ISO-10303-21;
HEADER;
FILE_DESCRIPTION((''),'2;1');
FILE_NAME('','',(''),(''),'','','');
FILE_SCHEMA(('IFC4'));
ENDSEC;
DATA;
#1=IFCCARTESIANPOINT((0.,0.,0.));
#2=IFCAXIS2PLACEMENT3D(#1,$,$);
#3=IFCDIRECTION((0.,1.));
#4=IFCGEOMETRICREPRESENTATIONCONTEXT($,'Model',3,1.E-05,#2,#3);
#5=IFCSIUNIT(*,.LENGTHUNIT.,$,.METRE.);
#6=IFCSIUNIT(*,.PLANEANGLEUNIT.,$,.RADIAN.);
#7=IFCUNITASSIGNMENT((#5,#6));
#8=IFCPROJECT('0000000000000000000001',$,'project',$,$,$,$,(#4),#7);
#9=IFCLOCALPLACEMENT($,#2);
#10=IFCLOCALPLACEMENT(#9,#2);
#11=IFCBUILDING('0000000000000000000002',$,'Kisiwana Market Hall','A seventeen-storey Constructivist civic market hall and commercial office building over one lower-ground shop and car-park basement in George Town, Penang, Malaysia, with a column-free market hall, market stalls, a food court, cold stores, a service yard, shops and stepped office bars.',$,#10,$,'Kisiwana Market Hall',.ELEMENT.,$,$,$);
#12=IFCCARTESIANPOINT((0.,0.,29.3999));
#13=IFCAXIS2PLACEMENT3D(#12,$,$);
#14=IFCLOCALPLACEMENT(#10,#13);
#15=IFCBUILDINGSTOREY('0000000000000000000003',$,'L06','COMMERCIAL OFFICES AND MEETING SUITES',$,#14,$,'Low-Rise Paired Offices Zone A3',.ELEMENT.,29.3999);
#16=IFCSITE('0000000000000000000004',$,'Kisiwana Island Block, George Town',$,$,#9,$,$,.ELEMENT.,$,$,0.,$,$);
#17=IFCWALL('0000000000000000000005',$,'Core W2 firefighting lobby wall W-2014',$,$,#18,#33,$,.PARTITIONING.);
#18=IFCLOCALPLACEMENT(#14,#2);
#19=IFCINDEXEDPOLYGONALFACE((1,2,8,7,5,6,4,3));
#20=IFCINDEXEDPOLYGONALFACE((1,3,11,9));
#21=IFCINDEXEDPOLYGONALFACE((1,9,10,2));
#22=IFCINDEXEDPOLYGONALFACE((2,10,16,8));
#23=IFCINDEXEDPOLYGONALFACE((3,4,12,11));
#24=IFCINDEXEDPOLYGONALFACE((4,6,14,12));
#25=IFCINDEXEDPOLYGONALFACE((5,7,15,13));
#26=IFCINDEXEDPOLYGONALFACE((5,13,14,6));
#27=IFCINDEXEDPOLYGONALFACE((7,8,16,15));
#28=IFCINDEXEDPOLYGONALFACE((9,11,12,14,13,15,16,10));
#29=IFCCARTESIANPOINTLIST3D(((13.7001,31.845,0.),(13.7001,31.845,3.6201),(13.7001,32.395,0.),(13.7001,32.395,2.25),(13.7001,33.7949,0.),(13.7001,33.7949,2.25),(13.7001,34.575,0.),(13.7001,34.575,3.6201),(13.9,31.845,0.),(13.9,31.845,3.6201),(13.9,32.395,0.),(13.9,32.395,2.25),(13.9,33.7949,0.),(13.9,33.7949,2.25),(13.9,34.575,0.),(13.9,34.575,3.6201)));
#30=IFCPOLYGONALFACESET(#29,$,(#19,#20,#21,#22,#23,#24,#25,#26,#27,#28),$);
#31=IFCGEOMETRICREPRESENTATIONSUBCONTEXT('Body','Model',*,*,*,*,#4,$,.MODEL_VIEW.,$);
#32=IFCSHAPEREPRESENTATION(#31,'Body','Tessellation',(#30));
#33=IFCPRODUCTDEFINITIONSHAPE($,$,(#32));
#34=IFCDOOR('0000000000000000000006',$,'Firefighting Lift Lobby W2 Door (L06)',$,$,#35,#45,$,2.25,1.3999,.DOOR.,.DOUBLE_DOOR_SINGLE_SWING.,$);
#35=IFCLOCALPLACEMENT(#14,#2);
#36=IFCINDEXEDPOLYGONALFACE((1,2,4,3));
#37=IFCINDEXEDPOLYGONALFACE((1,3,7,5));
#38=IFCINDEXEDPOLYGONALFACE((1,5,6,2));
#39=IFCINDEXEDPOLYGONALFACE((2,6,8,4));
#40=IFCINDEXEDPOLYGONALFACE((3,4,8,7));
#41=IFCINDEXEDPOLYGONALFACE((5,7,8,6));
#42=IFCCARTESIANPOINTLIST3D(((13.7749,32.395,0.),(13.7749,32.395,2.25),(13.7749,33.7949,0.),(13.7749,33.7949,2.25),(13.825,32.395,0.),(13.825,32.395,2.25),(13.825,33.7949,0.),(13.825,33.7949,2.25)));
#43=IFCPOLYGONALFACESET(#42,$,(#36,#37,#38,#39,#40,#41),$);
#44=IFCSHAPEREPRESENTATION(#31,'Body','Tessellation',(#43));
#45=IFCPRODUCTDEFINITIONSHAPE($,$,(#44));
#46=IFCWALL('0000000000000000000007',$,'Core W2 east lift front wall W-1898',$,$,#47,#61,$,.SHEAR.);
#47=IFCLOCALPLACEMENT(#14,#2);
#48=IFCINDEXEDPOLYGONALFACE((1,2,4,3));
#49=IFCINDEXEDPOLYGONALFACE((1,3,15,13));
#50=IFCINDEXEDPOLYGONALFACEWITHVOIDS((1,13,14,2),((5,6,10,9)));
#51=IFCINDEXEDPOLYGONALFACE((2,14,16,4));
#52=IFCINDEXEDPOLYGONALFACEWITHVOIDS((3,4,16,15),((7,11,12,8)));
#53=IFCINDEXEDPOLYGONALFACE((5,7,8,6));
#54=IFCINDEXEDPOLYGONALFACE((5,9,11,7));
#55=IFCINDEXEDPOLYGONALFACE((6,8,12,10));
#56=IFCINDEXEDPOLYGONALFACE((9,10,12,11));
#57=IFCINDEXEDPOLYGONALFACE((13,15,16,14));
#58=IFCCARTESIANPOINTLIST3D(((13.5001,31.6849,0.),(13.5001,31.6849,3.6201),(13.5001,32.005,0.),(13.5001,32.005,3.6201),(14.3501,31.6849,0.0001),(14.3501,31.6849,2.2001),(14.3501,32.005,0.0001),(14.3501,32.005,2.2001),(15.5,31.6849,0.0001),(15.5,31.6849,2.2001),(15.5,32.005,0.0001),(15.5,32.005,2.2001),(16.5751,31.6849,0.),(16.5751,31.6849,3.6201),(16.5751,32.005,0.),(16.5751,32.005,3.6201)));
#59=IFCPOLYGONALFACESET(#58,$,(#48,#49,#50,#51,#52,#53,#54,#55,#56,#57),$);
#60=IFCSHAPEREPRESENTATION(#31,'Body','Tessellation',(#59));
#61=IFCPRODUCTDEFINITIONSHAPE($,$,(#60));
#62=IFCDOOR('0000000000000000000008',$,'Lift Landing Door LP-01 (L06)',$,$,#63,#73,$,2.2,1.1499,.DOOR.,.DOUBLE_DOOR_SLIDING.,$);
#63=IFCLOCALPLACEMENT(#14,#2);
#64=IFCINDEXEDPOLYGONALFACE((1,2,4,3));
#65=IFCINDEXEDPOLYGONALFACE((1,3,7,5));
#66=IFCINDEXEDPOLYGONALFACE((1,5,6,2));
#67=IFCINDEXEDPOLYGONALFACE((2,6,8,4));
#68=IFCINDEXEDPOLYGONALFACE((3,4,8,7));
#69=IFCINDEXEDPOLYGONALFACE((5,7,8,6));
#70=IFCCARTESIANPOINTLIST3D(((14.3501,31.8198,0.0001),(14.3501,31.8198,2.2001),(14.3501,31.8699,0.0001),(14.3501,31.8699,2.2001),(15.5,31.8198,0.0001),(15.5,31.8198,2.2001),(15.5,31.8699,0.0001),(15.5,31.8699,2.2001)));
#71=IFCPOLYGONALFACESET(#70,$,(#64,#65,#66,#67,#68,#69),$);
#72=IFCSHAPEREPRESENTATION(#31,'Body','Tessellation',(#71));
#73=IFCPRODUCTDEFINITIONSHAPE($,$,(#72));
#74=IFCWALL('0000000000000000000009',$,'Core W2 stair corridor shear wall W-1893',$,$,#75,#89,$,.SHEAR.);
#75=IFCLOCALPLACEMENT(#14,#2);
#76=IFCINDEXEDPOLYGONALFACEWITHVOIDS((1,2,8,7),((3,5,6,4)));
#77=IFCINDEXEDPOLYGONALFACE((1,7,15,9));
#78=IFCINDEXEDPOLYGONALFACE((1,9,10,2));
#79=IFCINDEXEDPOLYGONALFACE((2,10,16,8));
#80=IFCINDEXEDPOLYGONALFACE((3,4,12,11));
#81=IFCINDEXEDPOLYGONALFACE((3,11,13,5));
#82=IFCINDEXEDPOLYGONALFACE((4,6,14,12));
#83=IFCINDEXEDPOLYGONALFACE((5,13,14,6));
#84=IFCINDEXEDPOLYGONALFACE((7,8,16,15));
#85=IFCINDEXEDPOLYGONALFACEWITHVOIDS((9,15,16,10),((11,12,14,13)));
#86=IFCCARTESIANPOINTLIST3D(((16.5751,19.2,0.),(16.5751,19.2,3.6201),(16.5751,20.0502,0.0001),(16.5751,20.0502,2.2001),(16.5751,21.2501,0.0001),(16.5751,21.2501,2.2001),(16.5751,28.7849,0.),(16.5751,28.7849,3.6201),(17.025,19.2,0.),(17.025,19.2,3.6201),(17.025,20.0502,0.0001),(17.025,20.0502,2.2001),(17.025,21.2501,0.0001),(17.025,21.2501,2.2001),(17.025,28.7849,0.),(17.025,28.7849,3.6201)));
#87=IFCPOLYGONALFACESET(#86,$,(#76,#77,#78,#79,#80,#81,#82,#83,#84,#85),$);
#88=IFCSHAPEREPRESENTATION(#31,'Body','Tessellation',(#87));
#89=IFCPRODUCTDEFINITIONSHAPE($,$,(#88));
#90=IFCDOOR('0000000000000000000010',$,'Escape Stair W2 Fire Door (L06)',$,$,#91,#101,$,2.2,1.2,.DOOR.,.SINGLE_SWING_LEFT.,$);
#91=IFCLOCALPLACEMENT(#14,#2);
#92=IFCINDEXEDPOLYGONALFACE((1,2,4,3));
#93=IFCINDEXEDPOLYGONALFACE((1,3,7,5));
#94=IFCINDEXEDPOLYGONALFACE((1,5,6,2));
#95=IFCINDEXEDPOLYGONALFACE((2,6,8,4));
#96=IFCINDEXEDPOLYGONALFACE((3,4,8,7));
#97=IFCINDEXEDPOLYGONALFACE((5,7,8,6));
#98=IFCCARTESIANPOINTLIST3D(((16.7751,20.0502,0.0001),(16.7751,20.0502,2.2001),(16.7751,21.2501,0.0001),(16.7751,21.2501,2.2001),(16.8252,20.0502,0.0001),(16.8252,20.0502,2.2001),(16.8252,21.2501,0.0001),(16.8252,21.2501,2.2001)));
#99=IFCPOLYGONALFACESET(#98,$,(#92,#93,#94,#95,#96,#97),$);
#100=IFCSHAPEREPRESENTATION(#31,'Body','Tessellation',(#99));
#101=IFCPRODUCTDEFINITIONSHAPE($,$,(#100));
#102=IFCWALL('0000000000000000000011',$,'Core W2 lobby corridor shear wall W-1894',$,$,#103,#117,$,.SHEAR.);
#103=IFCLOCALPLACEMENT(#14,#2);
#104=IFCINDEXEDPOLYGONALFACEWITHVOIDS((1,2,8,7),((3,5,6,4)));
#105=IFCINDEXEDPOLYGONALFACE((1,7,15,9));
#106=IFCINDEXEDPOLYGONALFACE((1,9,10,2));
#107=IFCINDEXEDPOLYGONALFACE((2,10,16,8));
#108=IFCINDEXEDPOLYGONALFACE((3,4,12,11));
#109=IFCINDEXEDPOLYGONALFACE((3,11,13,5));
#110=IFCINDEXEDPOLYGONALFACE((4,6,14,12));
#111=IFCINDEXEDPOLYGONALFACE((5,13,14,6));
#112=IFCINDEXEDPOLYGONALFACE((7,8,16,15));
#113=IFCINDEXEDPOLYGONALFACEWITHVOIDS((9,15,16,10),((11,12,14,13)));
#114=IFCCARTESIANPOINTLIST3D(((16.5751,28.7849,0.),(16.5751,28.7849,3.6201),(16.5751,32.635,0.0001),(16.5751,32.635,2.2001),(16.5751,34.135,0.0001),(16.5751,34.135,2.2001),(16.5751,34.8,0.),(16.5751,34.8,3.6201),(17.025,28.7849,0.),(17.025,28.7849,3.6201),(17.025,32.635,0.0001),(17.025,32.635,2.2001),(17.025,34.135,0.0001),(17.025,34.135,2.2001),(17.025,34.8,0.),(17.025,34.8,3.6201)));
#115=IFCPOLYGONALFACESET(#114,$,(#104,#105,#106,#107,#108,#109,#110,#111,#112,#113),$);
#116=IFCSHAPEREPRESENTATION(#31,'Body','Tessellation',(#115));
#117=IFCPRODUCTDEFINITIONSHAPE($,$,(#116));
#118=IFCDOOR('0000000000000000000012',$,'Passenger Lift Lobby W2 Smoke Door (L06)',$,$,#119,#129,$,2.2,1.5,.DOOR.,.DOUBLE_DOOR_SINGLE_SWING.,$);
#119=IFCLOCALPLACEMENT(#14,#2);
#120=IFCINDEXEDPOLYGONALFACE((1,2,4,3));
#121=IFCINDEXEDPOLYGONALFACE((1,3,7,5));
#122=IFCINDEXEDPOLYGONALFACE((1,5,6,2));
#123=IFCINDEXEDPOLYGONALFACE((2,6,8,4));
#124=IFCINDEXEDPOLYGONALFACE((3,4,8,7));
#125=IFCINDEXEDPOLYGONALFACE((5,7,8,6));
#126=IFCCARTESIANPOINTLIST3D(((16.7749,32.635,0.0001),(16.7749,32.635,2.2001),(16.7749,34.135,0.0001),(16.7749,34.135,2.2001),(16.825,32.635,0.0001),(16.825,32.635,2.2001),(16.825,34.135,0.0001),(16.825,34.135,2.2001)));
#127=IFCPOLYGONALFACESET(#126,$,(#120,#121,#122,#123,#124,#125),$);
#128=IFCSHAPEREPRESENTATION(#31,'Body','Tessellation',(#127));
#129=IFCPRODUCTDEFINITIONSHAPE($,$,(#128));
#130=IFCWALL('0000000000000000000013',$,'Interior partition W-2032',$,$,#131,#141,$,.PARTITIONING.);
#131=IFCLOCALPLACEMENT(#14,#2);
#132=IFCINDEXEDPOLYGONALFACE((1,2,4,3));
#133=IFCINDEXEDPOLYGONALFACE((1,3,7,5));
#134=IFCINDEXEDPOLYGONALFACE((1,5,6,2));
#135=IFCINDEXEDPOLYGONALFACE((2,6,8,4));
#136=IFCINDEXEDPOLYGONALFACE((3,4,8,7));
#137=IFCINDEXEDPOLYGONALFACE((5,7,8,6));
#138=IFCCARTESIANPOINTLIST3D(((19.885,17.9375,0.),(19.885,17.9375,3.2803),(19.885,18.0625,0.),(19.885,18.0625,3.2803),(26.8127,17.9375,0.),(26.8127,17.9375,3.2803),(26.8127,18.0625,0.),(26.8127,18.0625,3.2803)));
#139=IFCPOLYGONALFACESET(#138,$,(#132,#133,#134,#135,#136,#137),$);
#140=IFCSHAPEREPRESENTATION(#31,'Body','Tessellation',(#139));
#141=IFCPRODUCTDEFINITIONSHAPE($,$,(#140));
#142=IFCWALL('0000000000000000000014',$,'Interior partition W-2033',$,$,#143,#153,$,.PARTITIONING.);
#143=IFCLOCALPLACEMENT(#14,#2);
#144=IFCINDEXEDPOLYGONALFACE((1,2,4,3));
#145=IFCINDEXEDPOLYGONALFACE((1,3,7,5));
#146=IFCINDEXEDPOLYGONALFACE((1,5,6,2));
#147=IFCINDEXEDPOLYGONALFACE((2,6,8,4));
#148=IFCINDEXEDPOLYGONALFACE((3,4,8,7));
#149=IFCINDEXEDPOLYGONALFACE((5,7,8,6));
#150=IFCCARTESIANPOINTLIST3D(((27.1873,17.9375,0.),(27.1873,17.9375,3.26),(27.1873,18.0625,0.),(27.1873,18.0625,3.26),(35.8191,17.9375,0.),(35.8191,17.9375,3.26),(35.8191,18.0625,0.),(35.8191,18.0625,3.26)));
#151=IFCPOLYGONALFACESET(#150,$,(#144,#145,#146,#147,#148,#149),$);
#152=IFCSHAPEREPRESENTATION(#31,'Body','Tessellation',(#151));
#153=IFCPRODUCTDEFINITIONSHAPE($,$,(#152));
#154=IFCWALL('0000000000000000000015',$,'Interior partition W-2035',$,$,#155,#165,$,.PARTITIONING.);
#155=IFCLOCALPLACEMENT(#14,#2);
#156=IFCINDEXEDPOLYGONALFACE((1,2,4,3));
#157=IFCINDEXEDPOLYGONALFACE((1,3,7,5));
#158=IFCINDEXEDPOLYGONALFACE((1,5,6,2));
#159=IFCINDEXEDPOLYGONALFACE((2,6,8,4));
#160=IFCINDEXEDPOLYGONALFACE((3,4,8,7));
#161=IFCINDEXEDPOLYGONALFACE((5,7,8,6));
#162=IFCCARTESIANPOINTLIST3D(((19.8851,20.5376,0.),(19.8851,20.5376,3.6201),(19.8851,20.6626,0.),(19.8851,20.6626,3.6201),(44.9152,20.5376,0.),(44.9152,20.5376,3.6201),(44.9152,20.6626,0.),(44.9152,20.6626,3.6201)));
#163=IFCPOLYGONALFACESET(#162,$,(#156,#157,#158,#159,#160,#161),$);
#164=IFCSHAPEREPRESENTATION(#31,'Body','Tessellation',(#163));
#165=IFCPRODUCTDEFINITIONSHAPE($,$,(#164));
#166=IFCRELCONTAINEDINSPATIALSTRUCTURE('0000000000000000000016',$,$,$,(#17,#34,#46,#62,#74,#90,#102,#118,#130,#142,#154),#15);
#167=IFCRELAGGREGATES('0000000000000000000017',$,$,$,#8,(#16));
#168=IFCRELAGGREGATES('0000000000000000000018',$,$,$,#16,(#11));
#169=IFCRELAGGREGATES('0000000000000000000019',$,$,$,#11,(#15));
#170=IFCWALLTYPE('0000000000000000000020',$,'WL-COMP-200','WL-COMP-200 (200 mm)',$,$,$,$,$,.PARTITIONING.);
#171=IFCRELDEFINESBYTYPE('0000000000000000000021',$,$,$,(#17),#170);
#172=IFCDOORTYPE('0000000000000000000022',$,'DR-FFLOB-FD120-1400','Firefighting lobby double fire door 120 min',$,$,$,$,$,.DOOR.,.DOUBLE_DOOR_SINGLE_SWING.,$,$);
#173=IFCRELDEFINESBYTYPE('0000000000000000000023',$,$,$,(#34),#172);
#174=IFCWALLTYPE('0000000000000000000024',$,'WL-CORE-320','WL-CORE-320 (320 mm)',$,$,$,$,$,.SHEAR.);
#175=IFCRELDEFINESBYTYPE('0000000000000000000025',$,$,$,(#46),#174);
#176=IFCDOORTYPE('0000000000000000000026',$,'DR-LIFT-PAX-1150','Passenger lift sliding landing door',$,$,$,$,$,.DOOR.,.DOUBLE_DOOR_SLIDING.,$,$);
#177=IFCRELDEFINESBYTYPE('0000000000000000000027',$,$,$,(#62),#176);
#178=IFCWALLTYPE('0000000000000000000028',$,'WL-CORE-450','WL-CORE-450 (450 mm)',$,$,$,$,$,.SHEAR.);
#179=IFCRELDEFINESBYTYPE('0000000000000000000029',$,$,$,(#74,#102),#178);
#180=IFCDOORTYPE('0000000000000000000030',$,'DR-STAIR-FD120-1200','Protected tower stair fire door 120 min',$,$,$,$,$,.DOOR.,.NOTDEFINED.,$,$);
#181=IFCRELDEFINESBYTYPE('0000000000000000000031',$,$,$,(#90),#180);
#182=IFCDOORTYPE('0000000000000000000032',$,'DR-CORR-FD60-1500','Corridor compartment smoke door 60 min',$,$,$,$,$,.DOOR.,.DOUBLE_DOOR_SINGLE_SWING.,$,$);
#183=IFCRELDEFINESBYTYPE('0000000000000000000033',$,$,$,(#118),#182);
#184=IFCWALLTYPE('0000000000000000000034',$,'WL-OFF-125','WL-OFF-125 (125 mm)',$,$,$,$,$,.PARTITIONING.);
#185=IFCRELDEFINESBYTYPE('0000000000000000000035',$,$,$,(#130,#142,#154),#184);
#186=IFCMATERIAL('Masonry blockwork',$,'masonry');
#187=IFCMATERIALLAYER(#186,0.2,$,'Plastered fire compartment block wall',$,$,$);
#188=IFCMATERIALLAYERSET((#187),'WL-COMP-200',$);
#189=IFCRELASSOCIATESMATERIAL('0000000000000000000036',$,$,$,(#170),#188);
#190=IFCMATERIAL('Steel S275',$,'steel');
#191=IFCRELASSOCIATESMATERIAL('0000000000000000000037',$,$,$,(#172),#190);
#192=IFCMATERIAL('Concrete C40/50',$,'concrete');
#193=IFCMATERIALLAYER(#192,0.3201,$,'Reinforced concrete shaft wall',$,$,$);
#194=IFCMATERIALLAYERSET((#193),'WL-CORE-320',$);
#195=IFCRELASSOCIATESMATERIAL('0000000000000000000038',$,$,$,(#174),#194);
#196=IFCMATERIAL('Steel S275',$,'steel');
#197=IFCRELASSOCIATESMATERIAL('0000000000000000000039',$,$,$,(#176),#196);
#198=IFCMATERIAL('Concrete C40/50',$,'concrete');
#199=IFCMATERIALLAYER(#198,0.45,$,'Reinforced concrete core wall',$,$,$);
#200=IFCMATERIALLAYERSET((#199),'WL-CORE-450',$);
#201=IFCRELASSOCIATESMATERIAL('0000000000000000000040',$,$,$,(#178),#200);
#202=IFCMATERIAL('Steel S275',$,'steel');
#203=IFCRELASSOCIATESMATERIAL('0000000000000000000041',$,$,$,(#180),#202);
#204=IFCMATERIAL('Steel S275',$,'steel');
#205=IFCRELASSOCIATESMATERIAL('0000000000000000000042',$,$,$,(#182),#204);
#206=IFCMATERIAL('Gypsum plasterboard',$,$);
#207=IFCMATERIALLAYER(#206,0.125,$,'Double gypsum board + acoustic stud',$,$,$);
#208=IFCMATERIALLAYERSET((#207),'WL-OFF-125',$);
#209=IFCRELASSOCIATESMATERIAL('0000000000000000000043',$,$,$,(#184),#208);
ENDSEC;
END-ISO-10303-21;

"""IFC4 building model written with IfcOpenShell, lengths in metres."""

from ifc_helpers import new_model, si_unit, direction, frame, frame_2d, origin, place, context, subcontext, project, spatial, rectangle, extrude, material, layer, layer_set, type_object, element, fill, save


model = new_model("IFC4")

# Units and contexts
model_context = context("Model", 3, precision=1e-05, world=origin(), true_north=direction((0.0, 1.0)))
body_context = subcontext(model_context, "Body", "Model", "MODEL_VIEW")
ifc_project = project(units=[si_unit("LENGTHUNIT", "METRE"), si_unit("PLANEANGLEUNIT", "RADIAN")], contexts=[model_context])

# Site, building, storey
site_placement = place(None, origin())
site = spatial("IfcSite", under=ifc_project, at=site_placement, Name="Kisiwana Island Block, George Town", CompositionType="ELEMENT", RefElevation=0.0)
building_placement = place(site_placement, origin())
building = spatial("IfcBuilding", under=site, at=building_placement, Name="Kisiwana Market Hall", Description="A seventeen-storey Constructivist civic market hall and commercial office building over one lower-ground shop and car-park basement in George Town, Penang, Malaysia, with a column-free market hall, market stalls, a food court, cold stores, a service yard, shops and stepped office bars.", LongName="Kisiwana Market Hall", CompositionType="ELEMENT")
storey_placement = place(building_placement, frame((0.0, 0.0, 29.3999)))
storey = spatial("IfcBuildingStorey", under=building, at=storey_placement, Name="L06", Description="COMMERCIAL OFFICES AND MEETING SUITES", LongName="Low-Rise Paired Offices Zone A3", CompositionType="ELEMENT", Elevation=29.3999)

# Walls, openings, doors
ifc_material_1 = material(Name="Masonry blockwork", Category="masonry")
ifc_layer_1 = layer(ifc_material_1, 0.2, Name="Plastered fire compartment block wall")
ifc_layer_set_1 = layer_set([ifc_layer_1], Name="WL-COMP-200")
wall_type_1 = type_object("IfcWallType", Name="WL-COMP-200", Description="WL-COMP-200 (200 mm)", PredefinedType="PARTITIONING", material=ifc_layer_set_1)
wall_1_placement = place(storey_placement, frame((13.8, 31.845, 0.0), z_axis=(0.0, 0.0, 1.0), x_axis=(0.0, 1.0, 0.0)))
wall_1 = element("IfcWall", 1, at=wall_1_placement, inside=storey, type_object=wall_type_1, Name="Core W2 firefighting lobby wall W-2014", PredefinedType="PARTITIONING", context=body_context, shape_type="SweptSolid", body=[
    extrude(rectangle(XDim=2.73, YDim=0.2, at=frame_2d((1.365, 0.0))), origin(), (0.0, 0.0, 1.0), 3.6201),
])
opening_1_placement = place(wall_1_placement, frame((0.55, 0.0, 0.0)))
opening_1 = element("IfcOpeningElement", 2, at=opening_1_placement, cuts=wall_1, PredefinedType="OPENING", context=body_context, shape_type="SweptSolid", body=[
    extrude(rectangle(XDim=1.3999, YDim=2.25, at=frame_2d((0.7, 1.125))), frame((0.0, 0.1118, 0.0), z_axis=(0.0, -1.0, 0.0), x_axis=(1.0, 0.0, 0.0)), (0.0, 0.0, 1.0), 0.2239),
])
ifc_material_2 = material(Name="Steel S275", Category="steel")
door_type_1 = type_object("IfcDoorType", Name="DR-FFLOB-FD120-1400", Description="Firefighting lobby double fire door 120 min", OperationType="DOUBLE_DOOR_SINGLE_SWING", PredefinedType="DOOR", material=ifc_material_2)
door_1_placement = place(opening_1_placement, frame((1.3999, 0.0, 0.0), z_axis=(0.0, 0.0, 1.0), x_axis=(-1.0, 0.0, 0.0)))
door_1 = element("IfcDoor", 3, at=door_1_placement, inside=storey, type_object=door_type_1, Name="Firefighting Lift Lobby W2 Door (L06)", OperationType="DOUBLE_DOOR_SINGLE_SWING", OverallHeight=2.25, OverallWidth=1.3999, PredefinedType="DOOR", context=body_context, shape_type="SweptSolid", body=[
    extrude(rectangle(XDim=1.3999, YDim=2.25, at=frame_2d((0.7, 1.125))), frame((0.0, 0.0249, 0.0), z_axis=(0.0, -1.0, 0.0), x_axis=(1.0, 0.0, 0.0)), (0.0, 0.0, 1.0), 0.05),
])
fill(opening_1, door_1)
ifc_material_3 = material(Name="Concrete C40/50", Category="concrete")
ifc_layer_2 = layer(ifc_material_3, 0.3201, Name="Reinforced concrete shaft wall")
ifc_layer_set_2 = layer_set([ifc_layer_2], Name="WL-CORE-320")
wall_type_2 = type_object("IfcWallType", Name="WL-CORE-320", Description="WL-CORE-320 (320 mm)", PredefinedType="SHEAR", material=ifc_layer_set_2)
wall_2_placement = place(storey_placement, frame((13.5, 31.845, 0.0), z_axis=(0.0, 0.0, 1.0), x_axis=(1.0, 0.0, 0.0)))
wall_2 = element("IfcWall", 4, at=wall_2_placement, inside=storey, type_object=wall_type_2, Name="Core W2 east lift front wall W-1898", PredefinedType="SHEAR", context=body_context, shape_type="SweptSolid", body=[
    extrude(rectangle(XDim=3.075, YDim=0.3201, at=frame_2d((1.5376, 0.0))), origin(), (0.0, 0.0, 1.0), 3.6201),
])
opening_2_placement = place(wall_2_placement, frame((0.8501, 0.0, 0.0)))
opening_2 = element("IfcOpeningElement", 5, at=opening_2_placement, cuts=wall_2, PredefinedType="OPENING", context=body_context, shape_type="SweptSolid", body=[
    extrude(rectangle(XDim=1.1499, YDim=2.2, at=frame_2d((0.575, 1.1001))), frame((0.0, 0.1719, 0.0), z_axis=(0.0, -1.0, 0.0), x_axis=(1.0, 0.0, 0.0)), (0.0, 0.0, 1.0), 0.344),
])
ifc_material_4 = material(Name="Steel S275", Category="steel")
door_type_2 = type_object("IfcDoorType", Name="DR-LIFT-PAX-1150", Description="Passenger lift sliding landing door", OperationType="DOUBLE_DOOR_SLIDING", PredefinedType="DOOR", material=ifc_material_4)
door_2_placement = place(opening_2_placement, origin())
door_2 = element("IfcDoor", 6, at=door_2_placement, inside=storey, type_object=door_type_2, Name="Lift Landing Door LP-01 (L06)", OperationType="DOUBLE_DOOR_SLIDING", OverallHeight=2.2, OverallWidth=1.1499, PredefinedType="DOOR", context=body_context, shape_type="SweptSolid", body=[
    extrude(rectangle(XDim=1.1499, YDim=2.2, at=frame_2d((0.575, 1.1001))), frame((0.0, 0.0249, 0.0), z_axis=(0.0, -1.0, 0.0), x_axis=(1.0, 0.0, 0.0)), (0.0, 0.0, 1.0), 0.05),
])
fill(opening_2, door_2)
ifc_material_5 = material(Name="Concrete C40/50", Category="concrete")
ifc_layer_3 = layer(ifc_material_5, 0.45, Name="Reinforced concrete core wall")
ifc_layer_set_3 = layer_set([ifc_layer_3], Name="WL-CORE-450")
wall_type_3 = type_object("IfcWallType", Name="WL-CORE-450", Description="WL-CORE-450 (450 mm)", PredefinedType="SHEAR", material=ifc_layer_set_3)
wall_3_placement = place(storey_placement, frame((16.8, 19.2, 0.0), z_axis=(0.0, 0.0, 1.0), x_axis=(0.0, 1.0, 0.0)))
wall_3 = element("IfcWall", 7, at=wall_3_placement, inside=storey, type_object=wall_type_3, Name="Core W2 stair corridor shear wall W-1893", PredefinedType="SHEAR", context=body_context, shape_type="SweptSolid", body=[
    extrude(rectangle(XDim=9.585, YDim=0.45, at=frame_2d((4.7925, 0.0))), origin(), (0.0, 0.0, 1.0), 3.6201),
])
opening_3_placement = place(wall_3_placement, frame((0.8501, 0.0, 0.0)))
opening_3 = element("IfcOpeningElement", 8, at=opening_3_placement, cuts=wall_3, PredefinedType="OPENING", context=body_context, shape_type="SweptSolid", body=[
    extrude(rectangle(XDim=1.2, YDim=2.2, at=frame_2d((0.6001, 1.1001))), frame((0.0, 0.2368, 0.0), z_axis=(0.0, -1.0, 0.0), x_axis=(1.0, 0.0, 0.0)), (0.0, 0.0, 1.0), 0.4739),
])
ifc_material_6 = material(Name="Steel S275", Category="steel")
door_type_3 = type_object("IfcDoorType", Name="DR-STAIR-FD120-1200", Description="Protected tower stair fire door 120 min", OperationType="NOTDEFINED", PredefinedType="DOOR", material=ifc_material_6)
door_3_placement = place(opening_3_placement, origin())
door_3 = element("IfcDoor", 9, at=door_3_placement, inside=storey, type_object=door_type_3, Name="Escape Stair W2 Fire Door (L06)", OperationType="SINGLE_SWING_LEFT", OverallHeight=2.2, OverallWidth=1.2, PredefinedType="DOOR", context=body_context, shape_type="SweptSolid", body=[
    extrude(rectangle(XDim=1.2, YDim=2.2, at=frame_2d((0.6001, 1.1001))), frame((0.0, 0.0249, 0.0), z_axis=(0.0, -1.0, 0.0), x_axis=(1.0, 0.0, 0.0)), (0.0, 0.0, 1.0), 0.05),
])
fill(opening_3, door_3)
wall_4_placement = place(storey_placement, frame((16.8, 28.7849, 0.0), z_axis=(0.0, 0.0, 1.0), x_axis=(0.0, 1.0, 0.0)))
wall_4 = element("IfcWall", 10, at=wall_4_placement, inside=storey, type_object=wall_type_3, Name="Core W2 lobby corridor shear wall W-1894", PredefinedType="SHEAR", context=body_context, shape_type="SweptSolid", body=[
    extrude(rectangle(XDim=6.0151, YDim=0.45, at=frame_2d((3.0076, 0.0))), origin(), (0.0, 0.0, 1.0), 3.6201),
])
opening_4_placement = place(wall_4_placement, frame((3.8501, 0.0, 0.0)))
opening_4 = element("IfcOpeningElement", 11, at=opening_4_placement, cuts=wall_4, PredefinedType="OPENING", context=body_context, shape_type="SweptSolid", body=[
    extrude(rectangle(XDim=1.5, YDim=2.2, at=frame_2d((0.75, 1.1001))), frame((0.0, 0.2368, 0.0), z_axis=(0.0, -1.0, 0.0), x_axis=(1.0, 0.0, 0.0)), (0.0, 0.0, 1.0), 0.4739),
])
ifc_material_7 = material(Name="Steel S275", Category="steel")
door_type_4 = type_object("IfcDoorType", Name="DR-CORR-FD60-1500", Description="Corridor compartment smoke door 60 min", OperationType="DOUBLE_DOOR_SINGLE_SWING", PredefinedType="DOOR", material=ifc_material_7)
door_4_placement = place(opening_4_placement, frame((1.5, 0.0, 0.0), z_axis=(0.0, 0.0, 1.0), x_axis=(-1.0, 0.0, 0.0)))
door_4 = element("IfcDoor", 12, at=door_4_placement, inside=storey, type_object=door_type_4, Name="Passenger Lift Lobby W2 Smoke Door (L06)", OperationType="DOUBLE_DOOR_SINGLE_SWING", OverallHeight=2.2, OverallWidth=1.5, PredefinedType="DOOR", context=body_context, shape_type="SweptSolid", body=[
    extrude(rectangle(XDim=1.5, YDim=2.2, at=frame_2d((0.75, 1.1001))), frame((0.0, 0.0249, 0.0), z_axis=(0.0, -1.0, 0.0), x_axis=(1.0, 0.0, 0.0)), (0.0, 0.0, 1.0), 0.05),
])
fill(opening_4, door_4)

# Walls
ifc_material_8 = material(Name="Gypsum plasterboard")
ifc_layer_4 = layer(ifc_material_8, 0.125, Name="Double gypsum board + acoustic stud")
ifc_layer_set_4 = layer_set([ifc_layer_4], Name="WL-OFF-125")
wall_type_4 = type_object("IfcWallType", Name="WL-OFF-125", Description="WL-OFF-125 (125 mm)", PredefinedType="PARTITIONING", material=ifc_layer_set_4)
wall_5_placement = place(storey_placement, frame((19.885, 18.0, 0.0), z_axis=(0.0, 0.0, 1.0), x_axis=(1.0, 0.0, 0.0)))
element("IfcWall", 13, at=wall_5_placement, inside=storey, type_object=wall_type_4, Name="Interior partition W-2032", PredefinedType="PARTITIONING", context=body_context, shape_type="SweptSolid", body=[
    extrude(rectangle(XDim=6.9277, YDim=0.125, at=frame_2d((3.4639, 0.0))), origin(), (0.0, 0.0, 1.0), 3.2803),
])
wall_6_placement = place(storey_placement, frame((27.1873, 18.0, 0.0), z_axis=(0.0, 0.0, 1.0), x_axis=(1.0, 0.0, 0.0)))
element("IfcWall", 14, at=wall_6_placement, inside=storey, type_object=wall_type_4, Name="Interior partition W-2033", PredefinedType="PARTITIONING", context=body_context, shape_type="SweptSolid", body=[
    extrude(rectangle(XDim=8.6318, YDim=0.125, at=frame_2d((4.3159, 0.0))), origin(), (0.0, 0.0, 1.0), 3.26),
])
wall_7_placement = place(storey_placement, frame((19.885, 20.6001, 0.0), z_axis=(0.0, 0.0, 1.0), x_axis=(1.0, 0.0, 0.0)))
element("IfcWall", 15, at=wall_7_placement, inside=storey, type_object=wall_type_4, Name="Interior partition W-2035", PredefinedType="PARTITIONING", context=body_context, shape_type="SweptSolid", body=[
    extrude(rectangle(XDim=25.03, YDim=0.125, at=frame_2d((12.5151, 0.0))), origin(), (0.0, 0.0, 1.0), 3.6201),
])

save(model, "model.ifc")
